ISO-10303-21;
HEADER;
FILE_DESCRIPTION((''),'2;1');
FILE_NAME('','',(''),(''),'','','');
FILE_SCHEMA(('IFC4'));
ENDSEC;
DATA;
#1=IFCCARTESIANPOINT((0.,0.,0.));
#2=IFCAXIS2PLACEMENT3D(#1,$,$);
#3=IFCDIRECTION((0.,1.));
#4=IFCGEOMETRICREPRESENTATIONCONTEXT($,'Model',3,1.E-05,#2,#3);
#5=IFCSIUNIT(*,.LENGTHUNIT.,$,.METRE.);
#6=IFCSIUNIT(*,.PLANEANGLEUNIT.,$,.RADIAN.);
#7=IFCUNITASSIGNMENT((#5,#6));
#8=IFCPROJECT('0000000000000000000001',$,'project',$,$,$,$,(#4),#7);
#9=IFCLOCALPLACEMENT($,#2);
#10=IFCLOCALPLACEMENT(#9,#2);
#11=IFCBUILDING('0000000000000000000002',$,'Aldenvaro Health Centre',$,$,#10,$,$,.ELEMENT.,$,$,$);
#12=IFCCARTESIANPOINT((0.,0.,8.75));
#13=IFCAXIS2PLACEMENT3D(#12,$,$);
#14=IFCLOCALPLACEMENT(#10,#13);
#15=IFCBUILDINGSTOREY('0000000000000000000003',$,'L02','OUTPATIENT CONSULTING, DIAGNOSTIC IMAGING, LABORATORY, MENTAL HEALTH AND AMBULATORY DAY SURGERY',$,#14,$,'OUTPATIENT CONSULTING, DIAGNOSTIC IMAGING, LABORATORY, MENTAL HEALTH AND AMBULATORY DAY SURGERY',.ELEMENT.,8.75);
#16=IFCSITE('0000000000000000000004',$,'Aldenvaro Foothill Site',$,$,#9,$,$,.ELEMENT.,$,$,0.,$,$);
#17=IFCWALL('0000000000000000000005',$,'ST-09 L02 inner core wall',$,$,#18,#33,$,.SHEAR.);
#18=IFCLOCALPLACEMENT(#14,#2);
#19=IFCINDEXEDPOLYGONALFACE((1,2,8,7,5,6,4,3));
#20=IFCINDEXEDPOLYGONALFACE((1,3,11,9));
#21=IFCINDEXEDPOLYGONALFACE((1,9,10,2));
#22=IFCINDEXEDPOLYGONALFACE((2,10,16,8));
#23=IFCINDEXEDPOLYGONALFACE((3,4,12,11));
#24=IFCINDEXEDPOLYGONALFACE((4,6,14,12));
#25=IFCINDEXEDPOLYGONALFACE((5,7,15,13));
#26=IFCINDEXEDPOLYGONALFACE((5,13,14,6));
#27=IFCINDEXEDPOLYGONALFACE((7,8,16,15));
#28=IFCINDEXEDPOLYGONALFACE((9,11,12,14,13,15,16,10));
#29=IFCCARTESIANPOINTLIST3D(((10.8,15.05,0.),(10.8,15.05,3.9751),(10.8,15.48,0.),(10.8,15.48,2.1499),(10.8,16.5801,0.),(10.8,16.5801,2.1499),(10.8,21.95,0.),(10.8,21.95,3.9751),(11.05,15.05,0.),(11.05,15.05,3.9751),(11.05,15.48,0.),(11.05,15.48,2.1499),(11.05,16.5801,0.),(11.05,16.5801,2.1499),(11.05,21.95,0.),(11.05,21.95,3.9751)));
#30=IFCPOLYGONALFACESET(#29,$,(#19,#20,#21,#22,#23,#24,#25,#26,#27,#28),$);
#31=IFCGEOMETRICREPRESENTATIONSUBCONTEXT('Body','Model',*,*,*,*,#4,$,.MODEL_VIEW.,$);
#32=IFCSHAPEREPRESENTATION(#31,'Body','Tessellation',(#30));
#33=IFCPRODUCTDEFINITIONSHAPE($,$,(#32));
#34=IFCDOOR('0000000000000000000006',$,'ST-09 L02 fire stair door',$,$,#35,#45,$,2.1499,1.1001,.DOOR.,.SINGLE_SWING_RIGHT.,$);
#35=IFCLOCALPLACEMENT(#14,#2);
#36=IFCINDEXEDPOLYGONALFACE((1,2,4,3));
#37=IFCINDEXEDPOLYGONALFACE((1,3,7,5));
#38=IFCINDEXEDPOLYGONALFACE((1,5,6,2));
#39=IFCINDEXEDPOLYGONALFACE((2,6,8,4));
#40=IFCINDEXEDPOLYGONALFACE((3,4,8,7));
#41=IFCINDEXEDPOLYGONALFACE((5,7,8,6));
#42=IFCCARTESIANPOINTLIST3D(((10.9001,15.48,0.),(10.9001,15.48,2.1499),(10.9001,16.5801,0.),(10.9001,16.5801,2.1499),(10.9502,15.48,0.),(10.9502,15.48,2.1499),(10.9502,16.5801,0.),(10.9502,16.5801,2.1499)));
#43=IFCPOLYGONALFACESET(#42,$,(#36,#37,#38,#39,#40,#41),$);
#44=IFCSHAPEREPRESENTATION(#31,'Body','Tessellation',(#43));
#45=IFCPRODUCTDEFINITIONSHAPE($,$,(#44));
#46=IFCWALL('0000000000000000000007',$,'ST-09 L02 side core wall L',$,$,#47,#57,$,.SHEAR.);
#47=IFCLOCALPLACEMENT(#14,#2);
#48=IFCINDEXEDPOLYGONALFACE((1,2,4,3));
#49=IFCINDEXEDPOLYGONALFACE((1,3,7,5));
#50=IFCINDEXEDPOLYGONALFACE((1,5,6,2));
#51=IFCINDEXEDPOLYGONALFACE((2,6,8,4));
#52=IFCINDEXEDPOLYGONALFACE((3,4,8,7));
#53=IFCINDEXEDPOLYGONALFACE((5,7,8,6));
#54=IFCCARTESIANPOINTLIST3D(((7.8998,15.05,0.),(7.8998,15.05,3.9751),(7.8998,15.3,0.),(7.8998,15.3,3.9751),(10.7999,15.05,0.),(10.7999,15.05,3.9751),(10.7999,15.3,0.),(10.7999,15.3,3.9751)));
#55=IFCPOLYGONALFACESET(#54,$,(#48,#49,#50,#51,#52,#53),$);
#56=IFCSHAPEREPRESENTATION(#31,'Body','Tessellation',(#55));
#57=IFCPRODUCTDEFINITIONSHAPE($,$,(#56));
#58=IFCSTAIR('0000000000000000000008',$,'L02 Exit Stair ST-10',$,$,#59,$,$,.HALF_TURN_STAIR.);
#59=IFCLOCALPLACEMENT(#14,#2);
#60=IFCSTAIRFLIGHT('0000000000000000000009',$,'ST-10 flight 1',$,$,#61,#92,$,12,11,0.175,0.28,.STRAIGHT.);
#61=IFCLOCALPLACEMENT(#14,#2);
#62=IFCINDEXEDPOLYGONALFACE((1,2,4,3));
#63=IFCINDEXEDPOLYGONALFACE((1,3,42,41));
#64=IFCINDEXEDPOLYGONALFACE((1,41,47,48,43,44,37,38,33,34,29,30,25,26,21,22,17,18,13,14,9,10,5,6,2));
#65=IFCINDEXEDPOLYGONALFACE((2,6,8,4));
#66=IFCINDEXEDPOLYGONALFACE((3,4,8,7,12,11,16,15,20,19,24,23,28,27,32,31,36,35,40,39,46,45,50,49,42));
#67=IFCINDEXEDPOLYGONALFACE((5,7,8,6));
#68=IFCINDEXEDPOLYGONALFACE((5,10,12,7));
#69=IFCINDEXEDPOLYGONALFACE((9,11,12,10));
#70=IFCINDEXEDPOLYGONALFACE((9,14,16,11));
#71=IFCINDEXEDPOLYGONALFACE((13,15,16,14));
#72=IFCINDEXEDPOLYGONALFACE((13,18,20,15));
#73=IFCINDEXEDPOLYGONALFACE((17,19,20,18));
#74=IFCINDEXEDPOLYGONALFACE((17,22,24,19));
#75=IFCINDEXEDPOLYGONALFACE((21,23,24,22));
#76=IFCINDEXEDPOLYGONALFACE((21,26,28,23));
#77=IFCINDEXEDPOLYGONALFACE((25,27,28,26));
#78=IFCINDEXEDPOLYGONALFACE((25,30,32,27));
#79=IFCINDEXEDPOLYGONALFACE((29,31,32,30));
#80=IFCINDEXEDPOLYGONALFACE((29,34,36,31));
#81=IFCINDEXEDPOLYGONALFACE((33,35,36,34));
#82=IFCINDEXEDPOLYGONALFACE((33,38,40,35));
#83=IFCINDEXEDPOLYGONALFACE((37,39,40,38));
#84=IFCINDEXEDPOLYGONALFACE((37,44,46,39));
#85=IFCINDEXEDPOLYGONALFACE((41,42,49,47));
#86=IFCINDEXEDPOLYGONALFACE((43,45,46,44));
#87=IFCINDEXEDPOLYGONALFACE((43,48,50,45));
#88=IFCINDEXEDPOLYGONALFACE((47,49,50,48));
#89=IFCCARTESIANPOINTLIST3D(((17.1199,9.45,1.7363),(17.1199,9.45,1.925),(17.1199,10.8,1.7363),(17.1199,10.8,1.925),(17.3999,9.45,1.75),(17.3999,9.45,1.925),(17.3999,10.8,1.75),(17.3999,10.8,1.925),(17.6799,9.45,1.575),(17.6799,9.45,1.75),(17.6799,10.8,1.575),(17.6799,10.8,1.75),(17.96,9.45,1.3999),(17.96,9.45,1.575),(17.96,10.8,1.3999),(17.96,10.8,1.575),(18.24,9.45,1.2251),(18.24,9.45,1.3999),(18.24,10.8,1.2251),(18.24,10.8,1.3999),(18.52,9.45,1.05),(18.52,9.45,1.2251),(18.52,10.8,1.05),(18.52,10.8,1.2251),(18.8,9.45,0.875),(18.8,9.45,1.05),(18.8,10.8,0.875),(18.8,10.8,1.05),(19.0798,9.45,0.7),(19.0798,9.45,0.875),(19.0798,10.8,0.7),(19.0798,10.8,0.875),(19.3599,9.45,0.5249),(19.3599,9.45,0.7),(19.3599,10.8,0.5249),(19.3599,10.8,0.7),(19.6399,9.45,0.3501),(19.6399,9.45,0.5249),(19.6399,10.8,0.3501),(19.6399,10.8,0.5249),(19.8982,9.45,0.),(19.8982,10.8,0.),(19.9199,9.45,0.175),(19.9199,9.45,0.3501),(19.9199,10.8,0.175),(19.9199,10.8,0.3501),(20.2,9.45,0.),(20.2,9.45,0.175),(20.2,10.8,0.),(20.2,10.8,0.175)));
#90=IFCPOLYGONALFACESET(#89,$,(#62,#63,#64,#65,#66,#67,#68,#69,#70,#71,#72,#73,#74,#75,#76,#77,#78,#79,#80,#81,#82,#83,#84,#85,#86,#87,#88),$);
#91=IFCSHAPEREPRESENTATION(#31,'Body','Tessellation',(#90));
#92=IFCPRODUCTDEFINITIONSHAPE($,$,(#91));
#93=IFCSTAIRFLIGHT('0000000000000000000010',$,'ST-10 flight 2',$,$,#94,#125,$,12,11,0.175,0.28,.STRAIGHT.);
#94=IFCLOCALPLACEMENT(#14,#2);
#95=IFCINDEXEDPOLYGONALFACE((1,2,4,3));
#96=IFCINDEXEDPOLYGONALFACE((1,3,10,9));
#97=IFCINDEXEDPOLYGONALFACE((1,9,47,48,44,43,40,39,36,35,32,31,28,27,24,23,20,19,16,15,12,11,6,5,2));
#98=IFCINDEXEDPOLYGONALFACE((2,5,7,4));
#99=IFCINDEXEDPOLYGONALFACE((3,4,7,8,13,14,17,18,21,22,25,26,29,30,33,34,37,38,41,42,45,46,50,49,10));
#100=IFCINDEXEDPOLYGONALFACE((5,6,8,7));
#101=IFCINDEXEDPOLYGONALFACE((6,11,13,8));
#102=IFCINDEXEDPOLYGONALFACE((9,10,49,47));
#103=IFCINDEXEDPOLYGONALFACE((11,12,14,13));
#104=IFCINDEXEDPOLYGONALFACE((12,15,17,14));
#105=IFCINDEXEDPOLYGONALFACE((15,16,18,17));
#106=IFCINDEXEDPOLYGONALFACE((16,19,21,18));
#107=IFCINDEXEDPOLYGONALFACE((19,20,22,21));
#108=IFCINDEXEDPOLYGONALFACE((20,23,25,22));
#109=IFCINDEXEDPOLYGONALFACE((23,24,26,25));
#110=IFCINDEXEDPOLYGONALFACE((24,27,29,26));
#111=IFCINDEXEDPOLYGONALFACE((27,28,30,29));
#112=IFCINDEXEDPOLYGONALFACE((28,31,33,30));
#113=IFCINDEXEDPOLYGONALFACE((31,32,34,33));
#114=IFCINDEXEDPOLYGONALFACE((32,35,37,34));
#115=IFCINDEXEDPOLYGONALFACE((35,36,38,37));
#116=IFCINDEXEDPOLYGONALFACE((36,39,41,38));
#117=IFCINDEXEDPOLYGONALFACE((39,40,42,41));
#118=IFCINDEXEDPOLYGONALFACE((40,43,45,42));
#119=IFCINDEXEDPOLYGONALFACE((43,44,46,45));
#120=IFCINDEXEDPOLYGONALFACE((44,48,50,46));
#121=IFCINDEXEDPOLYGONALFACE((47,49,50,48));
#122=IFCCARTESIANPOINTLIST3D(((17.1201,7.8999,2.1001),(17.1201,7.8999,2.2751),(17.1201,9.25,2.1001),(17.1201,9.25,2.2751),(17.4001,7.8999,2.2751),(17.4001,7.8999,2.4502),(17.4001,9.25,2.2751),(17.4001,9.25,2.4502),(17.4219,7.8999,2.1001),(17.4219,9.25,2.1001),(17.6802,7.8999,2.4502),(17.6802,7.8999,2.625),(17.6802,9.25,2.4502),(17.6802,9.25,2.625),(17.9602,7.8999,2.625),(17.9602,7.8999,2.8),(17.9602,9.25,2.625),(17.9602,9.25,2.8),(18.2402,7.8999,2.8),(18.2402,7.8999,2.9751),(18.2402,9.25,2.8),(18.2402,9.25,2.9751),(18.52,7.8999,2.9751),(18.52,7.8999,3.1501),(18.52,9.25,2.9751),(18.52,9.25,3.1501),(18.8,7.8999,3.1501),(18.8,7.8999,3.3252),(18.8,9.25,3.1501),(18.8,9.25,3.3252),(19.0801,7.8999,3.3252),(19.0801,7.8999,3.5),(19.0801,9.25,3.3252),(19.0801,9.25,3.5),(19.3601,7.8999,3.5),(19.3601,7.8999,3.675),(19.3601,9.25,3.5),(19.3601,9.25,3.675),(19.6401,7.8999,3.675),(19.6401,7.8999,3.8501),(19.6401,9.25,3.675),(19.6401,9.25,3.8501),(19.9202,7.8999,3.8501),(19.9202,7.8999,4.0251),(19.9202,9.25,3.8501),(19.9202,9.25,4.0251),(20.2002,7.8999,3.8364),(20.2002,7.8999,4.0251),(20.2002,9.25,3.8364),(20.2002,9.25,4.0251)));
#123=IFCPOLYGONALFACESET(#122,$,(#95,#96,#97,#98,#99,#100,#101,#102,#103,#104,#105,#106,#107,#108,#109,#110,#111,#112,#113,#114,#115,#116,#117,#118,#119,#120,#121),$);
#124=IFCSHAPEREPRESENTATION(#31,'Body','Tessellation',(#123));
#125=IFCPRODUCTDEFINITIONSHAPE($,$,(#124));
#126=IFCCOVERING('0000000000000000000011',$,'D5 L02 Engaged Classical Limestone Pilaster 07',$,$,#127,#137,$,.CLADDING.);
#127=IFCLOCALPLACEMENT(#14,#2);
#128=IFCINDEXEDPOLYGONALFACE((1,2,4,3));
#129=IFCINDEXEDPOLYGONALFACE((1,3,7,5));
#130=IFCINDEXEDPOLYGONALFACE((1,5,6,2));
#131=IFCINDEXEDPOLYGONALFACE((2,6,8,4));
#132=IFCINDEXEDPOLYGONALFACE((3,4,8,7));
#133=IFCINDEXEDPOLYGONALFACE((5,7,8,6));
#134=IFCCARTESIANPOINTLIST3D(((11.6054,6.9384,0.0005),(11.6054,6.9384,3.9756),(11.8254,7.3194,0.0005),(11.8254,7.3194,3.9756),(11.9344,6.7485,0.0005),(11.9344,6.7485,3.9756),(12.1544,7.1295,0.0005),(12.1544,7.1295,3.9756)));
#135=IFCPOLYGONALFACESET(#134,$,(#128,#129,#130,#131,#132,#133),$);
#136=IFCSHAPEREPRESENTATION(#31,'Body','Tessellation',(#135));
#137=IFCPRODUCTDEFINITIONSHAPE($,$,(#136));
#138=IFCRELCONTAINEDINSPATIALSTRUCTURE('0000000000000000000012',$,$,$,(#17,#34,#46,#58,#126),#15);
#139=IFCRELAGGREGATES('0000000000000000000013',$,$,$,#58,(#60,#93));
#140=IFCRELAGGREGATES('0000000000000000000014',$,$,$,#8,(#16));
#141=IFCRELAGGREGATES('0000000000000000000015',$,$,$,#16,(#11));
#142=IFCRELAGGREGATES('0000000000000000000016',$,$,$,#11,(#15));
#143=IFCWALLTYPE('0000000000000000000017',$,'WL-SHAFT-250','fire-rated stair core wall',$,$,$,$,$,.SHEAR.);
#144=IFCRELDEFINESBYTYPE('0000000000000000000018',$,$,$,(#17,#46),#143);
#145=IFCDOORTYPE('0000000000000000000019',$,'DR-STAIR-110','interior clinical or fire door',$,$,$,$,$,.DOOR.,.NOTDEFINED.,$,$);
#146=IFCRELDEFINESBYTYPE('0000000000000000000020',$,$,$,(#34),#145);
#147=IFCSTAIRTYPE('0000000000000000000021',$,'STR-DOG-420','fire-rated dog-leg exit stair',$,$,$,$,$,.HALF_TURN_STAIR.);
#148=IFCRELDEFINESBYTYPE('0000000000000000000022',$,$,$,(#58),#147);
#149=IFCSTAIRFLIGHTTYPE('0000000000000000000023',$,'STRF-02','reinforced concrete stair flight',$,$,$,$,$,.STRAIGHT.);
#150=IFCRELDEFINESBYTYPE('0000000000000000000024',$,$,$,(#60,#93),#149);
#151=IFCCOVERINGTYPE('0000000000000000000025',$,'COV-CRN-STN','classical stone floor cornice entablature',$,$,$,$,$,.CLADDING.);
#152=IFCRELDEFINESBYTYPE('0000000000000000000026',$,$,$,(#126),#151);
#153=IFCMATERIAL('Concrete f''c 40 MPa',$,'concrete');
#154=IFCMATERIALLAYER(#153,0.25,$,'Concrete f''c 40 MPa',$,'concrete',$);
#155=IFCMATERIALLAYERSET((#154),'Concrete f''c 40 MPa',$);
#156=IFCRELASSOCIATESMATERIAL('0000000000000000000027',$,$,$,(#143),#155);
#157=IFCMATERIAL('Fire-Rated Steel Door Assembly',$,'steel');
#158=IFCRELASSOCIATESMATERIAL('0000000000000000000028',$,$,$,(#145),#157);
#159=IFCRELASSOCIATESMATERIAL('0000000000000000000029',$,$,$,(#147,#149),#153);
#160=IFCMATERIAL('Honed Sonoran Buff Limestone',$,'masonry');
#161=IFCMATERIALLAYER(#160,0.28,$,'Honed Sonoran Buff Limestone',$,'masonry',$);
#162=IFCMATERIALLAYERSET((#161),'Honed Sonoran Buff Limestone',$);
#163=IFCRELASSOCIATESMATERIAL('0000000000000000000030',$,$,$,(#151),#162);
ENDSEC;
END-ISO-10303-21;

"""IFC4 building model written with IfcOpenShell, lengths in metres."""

from ifc_helpers import new_model, si_unit, direction, frame, frame_2d, origin, origin_2d, place, context, subcontext, project, spatial, polyline, rectangle, outline, extrude, material, layer, layer_set, type_object, element, fill, aggregate, save


model = new_model("IFC4")

# Units and contexts
model_context = context("Model", 3, precision=1e-05, world=origin(), true_north=direction((0.0, 1.0)))
body_context = subcontext(model_context, "Body", "Model", "MODEL_VIEW")
ifc_project = project(units=[si_unit("LENGTHUNIT", "METRE"), si_unit("PLANEANGLEUNIT", "RADIAN")], contexts=[model_context])

# Site, building, storey
site_placement = place(None, origin())
site = spatial("IfcSite", under=ifc_project, at=site_placement, Name="Aldenvaro Foothill Site", CompositionType="ELEMENT", RefElevation=0.0)
building_placement = place(site_placement, origin())
building = spatial("IfcBuilding", under=site, at=building_placement, Name="Aldenvaro Health Centre", CompositionType="ELEMENT")
storey_placement = place(building_placement, frame((0.0, 0.0, 8.75)))
storey = spatial("IfcBuildingStorey", under=building, at=storey_placement, Name="L02", Description="OUTPATIENT CONSULTING, DIAGNOSTIC IMAGING, LABORATORY, MENTAL HEALTH AND AMBULATORY DAY SURGERY", LongName="OUTPATIENT CONSULTING, DIAGNOSTIC IMAGING, LABORATORY, MENTAL HEALTH AND AMBULATORY DAY SURGERY", CompositionType="ELEMENT", Elevation=8.75)

# Shared definitions
ifc_material_1 = material(Name="Concrete f'c 40 MPa", Category="concrete")

# Wall, opening, door
ifc_layer_1 = layer(ifc_material_1, 0.25, Name="Concrete f'c 40 MPa", Category="concrete")
ifc_layer_set_1 = layer_set([ifc_layer_1], Name="Concrete f'c 40 MPa")
wall_type_1 = type_object("IfcWallType", Name="WL-SHAFT-250", Description="fire-rated stair core wall", PredefinedType="SHEAR", material=ifc_layer_set_1)
wall_1_placement = place(storey_placement, frame((10.925, 15.05, 0.0), z_axis=(0.0, 0.0, 1.0), x_axis=(0.0, 1.0, 0.0)))
wall_1 = element("IfcWall", 1, at=wall_1_placement, inside=storey, type_object=wall_type_1, Name="ST-09 L02 inner core wall", PredefinedType="SHEAR", context=body_context, shape_type="SweptSolid", body=[
    extrude(rectangle(XDim=6.8999, YDim=0.25, at=frame_2d((3.45, 0.0))), origin(), (0.0, 0.0, 1.0), 3.9751),
])
opening_1_placement = place(wall_1_placement, frame((0.4299, 0.0, 0.0)))
opening_1 = element("IfcOpeningElement", 2, at=opening_1_placement, cuts=wall_1, PredefinedType="OPENING", context=body_context, shape_type="SweptSolid", body=[
    extrude(rectangle(XDim=1.1001, YDim=2.1499, at=frame_2d((0.55, 1.075))), frame((0.0, 0.135, 0.0), z_axis=(0.0, -1.0, 0.0), x_axis=(1.0, 0.0, 0.0)), (0.0, 0.0, 1.0), 0.27),
])
ifc_material_2 = material(Name="Fire-Rated Steel Door Assembly", Category="steel")
door_type_1 = type_object("IfcDoorType", Name="DR-STAIR-110", Description="interior clinical or fire door", OperationType="NOTDEFINED", PredefinedType="DOOR", material=ifc_material_2)
door_1_placement = place(opening_1_placement, origin())
door_1 = element("IfcDoor", 3, at=door_1_placement, inside=storey, type_object=door_type_1, Name="ST-09 L02 fire stair door", OperationType="SINGLE_SWING_RIGHT", OverallHeight=2.1499, OverallWidth=1.1001, PredefinedType="DOOR", context=body_context, shape_type="SweptSolid", body=[
    extrude(rectangle(XDim=1.1001, YDim=2.1499, at=frame_2d((0.55, 1.075))), frame((0.0, 0.0249, 0.0), z_axis=(0.0, -1.0, 0.0), x_axis=(1.0, 0.0, 0.0)), (0.0, 0.0, 1.0), 0.05),
])
fill(opening_1, door_1)

# Wall
wall_2_placement = place(storey_placement, frame((10.8, 15.175, 0.0), z_axis=(0.0, 0.0, 1.0), x_axis=(-1.0, 0.0, 0.0)))
element("IfcWall", 4, at=wall_2_placement, inside=storey, type_object=wall_type_1, Name="ST-09 L02 side core wall L", PredefinedType="SHEAR", context=body_context, shape_type="SweptSolid", body=[
    extrude(rectangle(XDim=2.9001, YDim=0.25, at=frame_2d((1.4502, 0.0))), origin(), (0.0, 0.0, 1.0), 3.9751),
])

# Stair, stair flights
stair_type = type_object("IfcStairType", Name="STR-DOG-420", Description="fire-rated dog-leg exit stair", PredefinedType="HALF_TURN_STAIR", material=ifc_material_1)
stair_placement = place(storey_placement, origin())
stair = element("IfcStair", 5, at=stair_placement, inside=storey, type_object=stair_type, Name="L02 Exit Stair ST-10", PredefinedType="HALF_TURN_STAIR")
stair_flight_type = type_object("IfcStairFlightType", Name="STRF-02", Description="reinforced concrete stair flight", PredefinedType="STRAIGHT", material=ifc_material_1)
stair_flight_1_placement = place(storey_placement, frame((20.2, 10.125, 0.0), z_axis=(0.0, 0.0, 1.0), x_axis=(-1.0, 0.0, 0.0)))
stair_flight_1 = element("IfcStairFlight", 6, at=stair_flight_1_placement, type_object=stair_flight_type, Name="ST-10 flight 1", NumberOfRisers=12, NumberOfTreads=11, PredefinedType="STRAIGHT", RiserHeight=0.175, TreadLength=0.28, context=body_context, shape_type="SweptSolid", body=[
    extrude(outline(polyline([(0.0, 0.0), (0.0, 0.175), (0.28, 0.175), (0.28, 0.3501), (0.5601, 0.3501), (0.5601, 0.5249), (0.8401, 0.5249), (0.8401, 0.7), (1.1201, 0.7), (1.1201, 0.875), (1.3999, 0.875), (1.3999, 1.05), (1.6799, 1.05), (1.6799, 1.2251), (1.96, 1.2251), (1.96, 1.3999), (2.24, 1.3999), (2.24, 1.575), (2.52, 1.575), (2.52, 1.75), (2.8, 1.75), (2.8, 1.925), (3.0801, 1.925), (3.0801, 2.1001), (3.0801, 1.7363), (0.3018, 0.0), (0.0, 0.0)])), frame((0.0, 0.675, 0.0), z_axis=(0.0, -1.0, 0.0), x_axis=(1.0, 0.0, 0.0)), (0.0, 0.0, 1.0), 1.3501),
])
stair_flight_2_placement = place(storey_placement, frame((17.1201, 8.575, 2.1001), z_axis=(0.0, 0.0, 1.0), x_axis=(1.0, 0.0, 0.0)))
stair_flight_2 = element("IfcStairFlight", 7, at=stair_flight_2_placement, type_object=stair_flight_type, Name="ST-10 flight 2", NumberOfRisers=12, NumberOfTreads=11, PredefinedType="STRAIGHT", RiserHeight=0.175, TreadLength=0.28, context=body_context, shape_type="SweptSolid", body=[
    extrude(outline(polyline([(0.0, 0.0), (0.0, 0.175), (0.28, 0.175), (0.28, 0.3501), (0.5601, 0.3501), (0.5601, 0.5249), (0.8401, 0.5249), (0.8401, 0.7), (1.1201, 0.7), (1.1201, 0.875), (1.3999, 0.875), (1.3999, 1.05), (1.6799, 1.05), (1.6799, 1.2251), (1.96, 1.2251), (1.96, 1.3999), (2.24, 1.3999), (2.24, 1.575), (2.52, 1.575), (2.52, 1.75), (2.8, 1.75), (2.8, 1.925), (3.0801, 1.925), (3.0801, 2.1001), (3.0801, 1.7363), (0.3018, 0.0), (0.0, 0.0)])), frame((0.0, 0.675, 0.0), z_axis=(0.0, -1.0, 0.0), x_axis=(1.0, 0.0, 0.0)), (0.0, 0.0, 1.0), 1.3501),
])
aggregate(stair, [stair_flight_1, stair_flight_2])

# Covering
ifc_material_3 = material(Name="Honed Sonoran Buff Limestone", Category="masonry")
ifc_layer_2 = layer(ifc_material_3, 0.28, Name="Honed Sonoran Buff Limestone", Category="masonry")
ifc_layer_set_2 = layer_set([ifc_layer_2], Name="Honed Sonoran Buff Limestone")
covering_type = type_object("IfcCoveringType", Name="COV-CRN-STN", Description="classical stone floor cornice entablature", PredefinedType="CLADDING", material=ifc_layer_set_2)
covering_placement = place(storey_placement, frame((11.8799, 7.0339, 0.0005), z_axis=(0.0, 0.0, 1.0), x_axis=(-0.499991, -0.866031, 0.0)))
element("IfcCovering", 8, at=covering_placement, inside=storey, type_object=covering_type, Name="D5 L02 Engaged Classical Limestone Pilaster 07", PredefinedType="CLADDING", context=body_context, shape_type="SweptSolid", body=[
    extrude(rectangle(XDim=0.4399, YDim=0.3799, at=origin_2d()), origin(), (0.0, 0.0, 1.0), 3.9751),
])

save(model, "model.ifc")
